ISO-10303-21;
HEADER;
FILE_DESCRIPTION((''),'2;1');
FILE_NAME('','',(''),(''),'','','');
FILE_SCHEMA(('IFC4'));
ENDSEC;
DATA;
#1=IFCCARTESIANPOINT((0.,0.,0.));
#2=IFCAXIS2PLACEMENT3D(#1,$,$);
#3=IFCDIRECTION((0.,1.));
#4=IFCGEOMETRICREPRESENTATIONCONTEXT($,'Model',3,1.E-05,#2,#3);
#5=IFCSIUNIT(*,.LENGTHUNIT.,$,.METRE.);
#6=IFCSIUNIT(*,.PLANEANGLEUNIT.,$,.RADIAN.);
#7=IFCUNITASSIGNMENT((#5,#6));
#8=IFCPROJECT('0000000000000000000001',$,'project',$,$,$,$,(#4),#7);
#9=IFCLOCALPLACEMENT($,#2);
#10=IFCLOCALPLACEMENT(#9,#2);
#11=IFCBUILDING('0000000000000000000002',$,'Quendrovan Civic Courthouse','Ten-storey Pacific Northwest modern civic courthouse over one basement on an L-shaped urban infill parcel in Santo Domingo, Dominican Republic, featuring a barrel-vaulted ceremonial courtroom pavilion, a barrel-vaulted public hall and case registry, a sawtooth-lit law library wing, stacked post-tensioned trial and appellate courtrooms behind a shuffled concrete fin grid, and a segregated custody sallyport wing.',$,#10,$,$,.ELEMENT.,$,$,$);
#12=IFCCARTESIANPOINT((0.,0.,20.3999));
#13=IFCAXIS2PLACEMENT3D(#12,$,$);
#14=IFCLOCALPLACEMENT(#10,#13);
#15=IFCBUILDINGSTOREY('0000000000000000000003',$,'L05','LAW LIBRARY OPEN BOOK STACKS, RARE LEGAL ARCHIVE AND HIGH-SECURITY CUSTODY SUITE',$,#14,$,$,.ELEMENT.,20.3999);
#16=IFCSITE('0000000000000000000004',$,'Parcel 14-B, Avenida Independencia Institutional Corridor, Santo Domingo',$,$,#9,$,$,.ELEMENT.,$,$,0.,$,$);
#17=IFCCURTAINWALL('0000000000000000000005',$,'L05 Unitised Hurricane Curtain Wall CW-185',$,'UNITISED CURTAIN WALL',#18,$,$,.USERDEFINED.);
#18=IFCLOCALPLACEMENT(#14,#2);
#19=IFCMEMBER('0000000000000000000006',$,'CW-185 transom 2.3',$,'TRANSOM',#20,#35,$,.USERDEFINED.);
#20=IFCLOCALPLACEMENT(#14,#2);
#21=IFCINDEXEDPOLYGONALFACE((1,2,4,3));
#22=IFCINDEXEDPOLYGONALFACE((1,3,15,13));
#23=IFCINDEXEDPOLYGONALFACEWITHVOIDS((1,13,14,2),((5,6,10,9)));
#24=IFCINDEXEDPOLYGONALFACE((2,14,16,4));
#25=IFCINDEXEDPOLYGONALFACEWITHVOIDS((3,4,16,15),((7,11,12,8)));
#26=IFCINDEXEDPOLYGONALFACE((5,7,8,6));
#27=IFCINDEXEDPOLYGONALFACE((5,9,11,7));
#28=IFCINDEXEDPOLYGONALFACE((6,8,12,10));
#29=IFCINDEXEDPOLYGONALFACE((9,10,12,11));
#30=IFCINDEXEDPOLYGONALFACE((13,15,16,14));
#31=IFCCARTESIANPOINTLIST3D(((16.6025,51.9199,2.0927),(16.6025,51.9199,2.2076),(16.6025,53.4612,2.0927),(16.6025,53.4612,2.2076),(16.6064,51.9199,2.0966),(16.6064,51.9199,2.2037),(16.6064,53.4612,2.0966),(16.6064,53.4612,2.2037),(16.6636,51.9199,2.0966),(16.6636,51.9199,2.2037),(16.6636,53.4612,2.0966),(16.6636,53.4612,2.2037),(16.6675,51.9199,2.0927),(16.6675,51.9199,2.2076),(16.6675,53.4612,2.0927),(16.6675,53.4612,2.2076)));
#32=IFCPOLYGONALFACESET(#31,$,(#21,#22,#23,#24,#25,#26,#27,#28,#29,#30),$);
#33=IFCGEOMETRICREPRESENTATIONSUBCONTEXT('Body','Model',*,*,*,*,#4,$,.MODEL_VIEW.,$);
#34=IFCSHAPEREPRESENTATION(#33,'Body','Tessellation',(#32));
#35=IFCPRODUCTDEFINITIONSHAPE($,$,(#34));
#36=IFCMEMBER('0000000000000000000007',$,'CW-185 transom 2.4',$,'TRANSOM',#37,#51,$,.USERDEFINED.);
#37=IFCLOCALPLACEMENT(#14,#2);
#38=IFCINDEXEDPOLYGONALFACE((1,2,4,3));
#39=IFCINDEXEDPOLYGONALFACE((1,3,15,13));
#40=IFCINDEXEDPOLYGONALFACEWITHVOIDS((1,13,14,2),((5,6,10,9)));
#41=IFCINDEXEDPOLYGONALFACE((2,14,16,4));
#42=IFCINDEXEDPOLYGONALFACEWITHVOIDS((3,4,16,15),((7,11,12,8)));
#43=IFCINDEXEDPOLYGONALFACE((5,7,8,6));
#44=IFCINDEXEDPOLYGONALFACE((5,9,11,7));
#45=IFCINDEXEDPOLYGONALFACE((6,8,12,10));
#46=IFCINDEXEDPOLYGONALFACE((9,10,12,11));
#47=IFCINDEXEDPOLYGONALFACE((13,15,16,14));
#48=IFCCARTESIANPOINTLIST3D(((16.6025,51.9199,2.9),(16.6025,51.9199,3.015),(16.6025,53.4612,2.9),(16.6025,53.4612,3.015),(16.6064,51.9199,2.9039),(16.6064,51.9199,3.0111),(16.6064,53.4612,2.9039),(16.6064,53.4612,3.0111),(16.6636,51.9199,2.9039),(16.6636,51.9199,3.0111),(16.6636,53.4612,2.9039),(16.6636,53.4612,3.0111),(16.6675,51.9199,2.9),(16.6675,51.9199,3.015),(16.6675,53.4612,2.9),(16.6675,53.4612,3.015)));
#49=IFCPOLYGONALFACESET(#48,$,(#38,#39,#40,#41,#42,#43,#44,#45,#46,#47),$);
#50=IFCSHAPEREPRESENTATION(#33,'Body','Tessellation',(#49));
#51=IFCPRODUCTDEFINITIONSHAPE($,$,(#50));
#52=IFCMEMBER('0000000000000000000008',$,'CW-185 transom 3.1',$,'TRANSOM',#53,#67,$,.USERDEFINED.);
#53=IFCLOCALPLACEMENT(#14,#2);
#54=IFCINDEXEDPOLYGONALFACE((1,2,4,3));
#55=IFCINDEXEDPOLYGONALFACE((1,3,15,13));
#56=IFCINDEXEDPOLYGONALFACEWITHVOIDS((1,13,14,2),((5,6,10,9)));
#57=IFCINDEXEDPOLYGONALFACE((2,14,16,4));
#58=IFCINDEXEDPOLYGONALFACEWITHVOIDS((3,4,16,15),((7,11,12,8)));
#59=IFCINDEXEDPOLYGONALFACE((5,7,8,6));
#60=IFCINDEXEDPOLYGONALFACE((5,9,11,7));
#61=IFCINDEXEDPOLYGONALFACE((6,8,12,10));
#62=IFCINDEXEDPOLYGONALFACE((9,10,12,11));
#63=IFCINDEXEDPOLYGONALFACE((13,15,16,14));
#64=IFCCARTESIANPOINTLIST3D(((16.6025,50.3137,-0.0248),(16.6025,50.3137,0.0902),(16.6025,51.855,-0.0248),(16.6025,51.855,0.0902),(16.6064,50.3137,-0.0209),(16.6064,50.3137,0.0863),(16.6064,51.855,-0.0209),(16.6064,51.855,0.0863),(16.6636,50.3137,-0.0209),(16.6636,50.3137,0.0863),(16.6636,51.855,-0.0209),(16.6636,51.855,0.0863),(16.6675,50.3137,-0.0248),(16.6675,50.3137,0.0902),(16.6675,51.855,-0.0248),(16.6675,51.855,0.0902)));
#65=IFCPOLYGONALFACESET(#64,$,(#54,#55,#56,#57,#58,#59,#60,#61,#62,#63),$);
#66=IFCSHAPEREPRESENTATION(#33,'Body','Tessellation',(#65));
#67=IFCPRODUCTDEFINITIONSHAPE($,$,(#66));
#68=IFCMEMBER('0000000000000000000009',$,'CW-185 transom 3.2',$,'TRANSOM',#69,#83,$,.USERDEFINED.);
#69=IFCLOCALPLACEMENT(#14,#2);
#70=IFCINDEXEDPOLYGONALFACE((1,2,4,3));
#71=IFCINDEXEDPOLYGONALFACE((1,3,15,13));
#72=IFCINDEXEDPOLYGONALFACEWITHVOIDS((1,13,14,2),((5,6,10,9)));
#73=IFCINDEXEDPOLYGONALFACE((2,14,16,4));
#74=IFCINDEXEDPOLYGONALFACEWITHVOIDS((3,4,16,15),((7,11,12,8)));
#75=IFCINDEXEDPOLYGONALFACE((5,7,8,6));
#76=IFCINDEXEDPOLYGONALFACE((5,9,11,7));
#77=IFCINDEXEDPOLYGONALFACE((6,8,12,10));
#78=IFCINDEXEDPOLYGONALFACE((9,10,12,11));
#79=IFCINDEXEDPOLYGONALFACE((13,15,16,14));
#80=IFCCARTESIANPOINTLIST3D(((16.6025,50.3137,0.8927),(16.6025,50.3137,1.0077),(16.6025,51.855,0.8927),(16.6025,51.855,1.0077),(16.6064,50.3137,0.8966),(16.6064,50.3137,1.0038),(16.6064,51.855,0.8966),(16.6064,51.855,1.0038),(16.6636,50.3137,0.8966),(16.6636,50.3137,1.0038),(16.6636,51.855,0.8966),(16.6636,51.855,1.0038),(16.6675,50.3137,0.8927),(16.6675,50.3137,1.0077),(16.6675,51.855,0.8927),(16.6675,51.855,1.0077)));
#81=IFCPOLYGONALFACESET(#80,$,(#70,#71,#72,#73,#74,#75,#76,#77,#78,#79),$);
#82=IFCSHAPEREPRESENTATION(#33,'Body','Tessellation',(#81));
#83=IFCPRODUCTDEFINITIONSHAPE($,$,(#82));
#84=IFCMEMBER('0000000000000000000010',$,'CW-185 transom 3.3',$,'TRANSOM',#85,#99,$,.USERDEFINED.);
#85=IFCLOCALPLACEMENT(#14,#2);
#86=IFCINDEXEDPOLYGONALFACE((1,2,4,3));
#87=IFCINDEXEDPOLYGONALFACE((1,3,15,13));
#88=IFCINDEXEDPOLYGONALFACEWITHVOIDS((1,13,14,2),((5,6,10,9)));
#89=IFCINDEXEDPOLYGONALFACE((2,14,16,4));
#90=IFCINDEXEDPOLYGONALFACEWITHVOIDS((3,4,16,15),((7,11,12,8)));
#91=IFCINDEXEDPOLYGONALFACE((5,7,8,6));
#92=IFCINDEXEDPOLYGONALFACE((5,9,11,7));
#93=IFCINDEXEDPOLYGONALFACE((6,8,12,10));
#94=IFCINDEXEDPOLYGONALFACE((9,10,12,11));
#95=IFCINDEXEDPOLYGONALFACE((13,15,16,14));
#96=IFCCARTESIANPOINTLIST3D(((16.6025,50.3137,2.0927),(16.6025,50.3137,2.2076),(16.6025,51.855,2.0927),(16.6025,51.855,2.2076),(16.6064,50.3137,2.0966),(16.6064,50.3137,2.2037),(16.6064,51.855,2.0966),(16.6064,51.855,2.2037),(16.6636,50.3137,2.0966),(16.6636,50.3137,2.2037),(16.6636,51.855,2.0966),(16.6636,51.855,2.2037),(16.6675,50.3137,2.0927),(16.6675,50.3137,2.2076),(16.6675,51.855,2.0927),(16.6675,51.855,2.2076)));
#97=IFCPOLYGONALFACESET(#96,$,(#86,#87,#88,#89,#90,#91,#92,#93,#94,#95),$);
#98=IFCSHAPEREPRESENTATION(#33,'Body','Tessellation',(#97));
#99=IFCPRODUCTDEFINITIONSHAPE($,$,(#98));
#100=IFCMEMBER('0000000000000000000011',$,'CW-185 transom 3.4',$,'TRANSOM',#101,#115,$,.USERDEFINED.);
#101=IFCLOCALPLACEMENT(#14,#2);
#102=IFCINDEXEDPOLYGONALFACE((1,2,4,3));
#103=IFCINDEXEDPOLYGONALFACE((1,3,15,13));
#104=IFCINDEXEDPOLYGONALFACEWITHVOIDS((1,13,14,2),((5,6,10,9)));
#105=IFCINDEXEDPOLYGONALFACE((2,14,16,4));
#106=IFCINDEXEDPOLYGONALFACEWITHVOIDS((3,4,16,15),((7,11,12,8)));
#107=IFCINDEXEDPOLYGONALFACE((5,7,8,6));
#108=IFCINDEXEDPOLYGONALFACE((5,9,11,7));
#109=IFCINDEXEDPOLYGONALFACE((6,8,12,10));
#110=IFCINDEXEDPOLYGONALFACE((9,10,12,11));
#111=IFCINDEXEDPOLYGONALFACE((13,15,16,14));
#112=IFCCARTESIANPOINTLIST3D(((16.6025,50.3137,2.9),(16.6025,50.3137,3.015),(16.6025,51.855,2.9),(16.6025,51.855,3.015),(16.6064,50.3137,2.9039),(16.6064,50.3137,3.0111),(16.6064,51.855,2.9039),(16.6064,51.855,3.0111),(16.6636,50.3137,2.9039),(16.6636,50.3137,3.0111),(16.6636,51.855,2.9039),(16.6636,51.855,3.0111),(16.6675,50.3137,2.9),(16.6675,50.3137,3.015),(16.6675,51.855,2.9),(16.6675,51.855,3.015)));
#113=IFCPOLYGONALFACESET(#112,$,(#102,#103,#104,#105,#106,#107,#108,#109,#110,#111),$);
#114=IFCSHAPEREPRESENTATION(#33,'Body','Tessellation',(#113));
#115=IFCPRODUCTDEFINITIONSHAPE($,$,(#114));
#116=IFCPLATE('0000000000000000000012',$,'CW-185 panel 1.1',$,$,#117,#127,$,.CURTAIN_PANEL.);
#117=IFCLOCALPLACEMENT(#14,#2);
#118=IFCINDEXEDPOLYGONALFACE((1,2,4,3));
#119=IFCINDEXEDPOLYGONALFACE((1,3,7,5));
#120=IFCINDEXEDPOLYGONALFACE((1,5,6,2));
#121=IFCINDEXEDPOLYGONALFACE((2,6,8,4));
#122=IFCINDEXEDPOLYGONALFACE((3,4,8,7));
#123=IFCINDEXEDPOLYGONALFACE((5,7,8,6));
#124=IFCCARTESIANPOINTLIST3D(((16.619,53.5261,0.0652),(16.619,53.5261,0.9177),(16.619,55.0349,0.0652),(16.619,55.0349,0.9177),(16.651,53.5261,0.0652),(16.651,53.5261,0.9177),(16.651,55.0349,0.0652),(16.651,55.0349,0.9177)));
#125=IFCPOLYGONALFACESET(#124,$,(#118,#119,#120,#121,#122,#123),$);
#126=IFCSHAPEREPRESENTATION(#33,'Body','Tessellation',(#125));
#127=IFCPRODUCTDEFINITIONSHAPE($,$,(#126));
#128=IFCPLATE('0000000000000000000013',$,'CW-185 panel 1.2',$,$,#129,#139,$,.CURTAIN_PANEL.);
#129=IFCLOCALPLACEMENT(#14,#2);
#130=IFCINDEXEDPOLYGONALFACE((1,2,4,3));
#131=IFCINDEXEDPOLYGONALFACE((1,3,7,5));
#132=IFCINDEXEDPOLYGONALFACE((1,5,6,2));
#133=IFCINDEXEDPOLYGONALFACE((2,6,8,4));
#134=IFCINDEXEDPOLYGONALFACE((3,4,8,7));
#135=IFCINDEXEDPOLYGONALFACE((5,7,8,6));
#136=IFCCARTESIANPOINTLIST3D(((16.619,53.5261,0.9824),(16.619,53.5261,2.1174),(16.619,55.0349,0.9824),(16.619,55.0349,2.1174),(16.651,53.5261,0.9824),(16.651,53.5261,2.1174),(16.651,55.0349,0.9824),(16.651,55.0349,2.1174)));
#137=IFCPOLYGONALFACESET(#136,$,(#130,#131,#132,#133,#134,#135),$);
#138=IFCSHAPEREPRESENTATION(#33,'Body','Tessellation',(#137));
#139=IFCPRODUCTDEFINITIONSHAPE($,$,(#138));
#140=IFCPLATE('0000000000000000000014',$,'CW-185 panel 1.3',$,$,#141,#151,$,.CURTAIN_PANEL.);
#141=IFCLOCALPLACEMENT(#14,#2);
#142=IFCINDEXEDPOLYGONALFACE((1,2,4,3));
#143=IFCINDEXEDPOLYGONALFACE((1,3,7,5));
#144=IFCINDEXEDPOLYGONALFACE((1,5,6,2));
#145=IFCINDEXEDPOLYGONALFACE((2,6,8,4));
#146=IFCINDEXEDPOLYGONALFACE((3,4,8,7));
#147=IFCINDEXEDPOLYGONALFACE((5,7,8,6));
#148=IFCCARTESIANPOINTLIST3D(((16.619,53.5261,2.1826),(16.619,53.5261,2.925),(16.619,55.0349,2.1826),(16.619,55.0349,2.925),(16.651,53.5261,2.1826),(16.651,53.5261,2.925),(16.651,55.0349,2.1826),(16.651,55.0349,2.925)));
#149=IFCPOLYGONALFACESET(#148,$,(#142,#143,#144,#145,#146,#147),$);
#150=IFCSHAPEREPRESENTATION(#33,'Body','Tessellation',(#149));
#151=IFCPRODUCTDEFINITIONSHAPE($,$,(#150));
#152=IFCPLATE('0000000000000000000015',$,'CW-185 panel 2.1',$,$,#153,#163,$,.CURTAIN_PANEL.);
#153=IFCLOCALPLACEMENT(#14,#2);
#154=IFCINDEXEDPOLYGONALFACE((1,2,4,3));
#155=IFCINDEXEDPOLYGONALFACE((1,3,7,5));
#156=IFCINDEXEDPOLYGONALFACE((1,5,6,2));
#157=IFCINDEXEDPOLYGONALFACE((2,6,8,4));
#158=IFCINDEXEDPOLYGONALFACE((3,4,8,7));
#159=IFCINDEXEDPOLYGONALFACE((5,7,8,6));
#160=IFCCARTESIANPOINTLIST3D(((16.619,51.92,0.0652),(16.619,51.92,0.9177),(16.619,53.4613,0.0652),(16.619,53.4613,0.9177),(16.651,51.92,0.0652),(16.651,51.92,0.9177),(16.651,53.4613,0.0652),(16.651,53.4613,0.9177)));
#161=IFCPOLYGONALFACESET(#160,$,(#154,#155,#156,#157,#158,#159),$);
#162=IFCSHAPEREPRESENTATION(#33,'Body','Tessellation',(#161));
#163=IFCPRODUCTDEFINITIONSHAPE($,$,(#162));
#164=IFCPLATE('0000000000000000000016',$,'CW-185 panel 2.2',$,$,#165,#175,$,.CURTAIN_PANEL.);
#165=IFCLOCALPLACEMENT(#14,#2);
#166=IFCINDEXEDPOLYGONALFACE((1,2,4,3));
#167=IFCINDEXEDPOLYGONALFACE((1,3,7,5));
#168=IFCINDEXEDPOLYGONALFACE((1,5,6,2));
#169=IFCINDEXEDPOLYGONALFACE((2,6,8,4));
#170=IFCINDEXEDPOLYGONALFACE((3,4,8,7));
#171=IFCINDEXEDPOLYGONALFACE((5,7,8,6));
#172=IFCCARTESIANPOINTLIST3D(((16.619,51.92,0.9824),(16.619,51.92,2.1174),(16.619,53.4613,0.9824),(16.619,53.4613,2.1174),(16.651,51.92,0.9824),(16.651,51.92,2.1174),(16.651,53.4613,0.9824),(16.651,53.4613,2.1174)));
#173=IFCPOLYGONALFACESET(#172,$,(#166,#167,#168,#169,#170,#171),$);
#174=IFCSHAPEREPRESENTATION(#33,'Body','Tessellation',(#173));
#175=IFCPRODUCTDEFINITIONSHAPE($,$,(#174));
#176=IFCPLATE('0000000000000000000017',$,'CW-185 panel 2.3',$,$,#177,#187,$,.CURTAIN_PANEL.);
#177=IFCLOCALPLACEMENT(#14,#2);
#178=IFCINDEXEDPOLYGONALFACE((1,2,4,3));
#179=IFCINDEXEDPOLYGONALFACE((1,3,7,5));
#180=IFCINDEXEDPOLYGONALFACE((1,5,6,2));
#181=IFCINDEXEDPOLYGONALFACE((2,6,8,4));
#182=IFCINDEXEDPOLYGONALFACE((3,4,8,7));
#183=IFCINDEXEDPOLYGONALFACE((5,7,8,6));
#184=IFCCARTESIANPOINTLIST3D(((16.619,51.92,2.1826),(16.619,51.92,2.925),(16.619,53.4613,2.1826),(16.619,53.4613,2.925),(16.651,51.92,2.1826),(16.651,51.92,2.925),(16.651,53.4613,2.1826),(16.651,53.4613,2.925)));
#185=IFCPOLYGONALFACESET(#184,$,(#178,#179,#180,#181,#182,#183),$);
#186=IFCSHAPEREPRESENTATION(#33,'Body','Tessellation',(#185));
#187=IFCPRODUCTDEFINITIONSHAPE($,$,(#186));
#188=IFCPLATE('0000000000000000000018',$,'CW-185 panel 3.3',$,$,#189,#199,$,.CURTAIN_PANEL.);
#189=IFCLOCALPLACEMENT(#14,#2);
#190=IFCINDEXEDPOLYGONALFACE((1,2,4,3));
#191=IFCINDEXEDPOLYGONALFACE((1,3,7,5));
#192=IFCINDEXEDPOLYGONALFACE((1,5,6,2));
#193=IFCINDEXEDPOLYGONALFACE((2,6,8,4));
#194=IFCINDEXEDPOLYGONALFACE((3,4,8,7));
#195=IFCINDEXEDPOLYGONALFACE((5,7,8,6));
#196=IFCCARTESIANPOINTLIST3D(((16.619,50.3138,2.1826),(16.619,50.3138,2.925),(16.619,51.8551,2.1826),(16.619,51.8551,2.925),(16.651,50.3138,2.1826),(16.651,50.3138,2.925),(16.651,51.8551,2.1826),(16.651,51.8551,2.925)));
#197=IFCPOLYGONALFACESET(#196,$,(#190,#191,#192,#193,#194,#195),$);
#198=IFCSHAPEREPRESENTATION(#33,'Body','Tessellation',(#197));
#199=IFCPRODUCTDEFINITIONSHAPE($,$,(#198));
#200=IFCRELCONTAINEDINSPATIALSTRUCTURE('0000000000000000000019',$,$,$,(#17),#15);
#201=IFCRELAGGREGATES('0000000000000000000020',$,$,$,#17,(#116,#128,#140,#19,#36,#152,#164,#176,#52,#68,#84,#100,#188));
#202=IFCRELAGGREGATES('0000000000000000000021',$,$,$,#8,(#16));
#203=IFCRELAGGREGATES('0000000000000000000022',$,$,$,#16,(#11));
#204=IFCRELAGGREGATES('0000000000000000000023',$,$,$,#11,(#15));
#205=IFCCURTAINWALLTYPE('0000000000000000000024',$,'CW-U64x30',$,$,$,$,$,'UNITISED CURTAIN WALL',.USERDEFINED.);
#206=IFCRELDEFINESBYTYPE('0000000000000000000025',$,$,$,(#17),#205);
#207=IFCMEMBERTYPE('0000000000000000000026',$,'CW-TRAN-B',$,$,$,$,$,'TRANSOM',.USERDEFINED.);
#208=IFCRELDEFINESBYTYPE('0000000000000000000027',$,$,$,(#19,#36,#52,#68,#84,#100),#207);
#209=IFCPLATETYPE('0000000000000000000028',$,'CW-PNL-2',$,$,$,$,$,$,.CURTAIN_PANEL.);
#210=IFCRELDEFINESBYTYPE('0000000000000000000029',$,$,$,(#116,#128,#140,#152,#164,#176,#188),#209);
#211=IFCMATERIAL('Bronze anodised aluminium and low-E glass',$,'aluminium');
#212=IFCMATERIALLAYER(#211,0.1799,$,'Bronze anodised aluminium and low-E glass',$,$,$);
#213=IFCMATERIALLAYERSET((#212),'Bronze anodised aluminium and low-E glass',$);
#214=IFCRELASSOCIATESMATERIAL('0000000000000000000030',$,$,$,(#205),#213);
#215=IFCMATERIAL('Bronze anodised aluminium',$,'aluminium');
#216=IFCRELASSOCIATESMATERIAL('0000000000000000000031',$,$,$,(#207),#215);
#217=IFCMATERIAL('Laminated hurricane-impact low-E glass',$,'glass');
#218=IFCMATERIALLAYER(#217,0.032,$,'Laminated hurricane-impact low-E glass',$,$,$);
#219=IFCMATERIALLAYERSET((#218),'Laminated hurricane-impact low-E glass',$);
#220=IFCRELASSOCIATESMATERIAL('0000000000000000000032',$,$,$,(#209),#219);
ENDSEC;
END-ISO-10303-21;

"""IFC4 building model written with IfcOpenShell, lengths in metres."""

from ifc_helpers import new_model, si_unit, direction, frame, origin, origin_2d, place, context, subcontext, project, spatial, rectangle, hollow_rectangle, extrude, material, layer, layer_set, material_profile, profile_set, type_object, element, aggregate, save


model = new_model("IFC4")

# Units and contexts
model_context = context("Model", 3, precision=1e-05, world=origin(), true_north=direction((0.0, 1.0)))
body_context = subcontext(model_context, "Body", "Model", "MODEL_VIEW")
ifc_project = project(units=[si_unit("LENGTHUNIT", "METRE"), si_unit("PLANEANGLEUNIT", "RADIAN")], contexts=[model_context])

# Site, building, storey
site_placement = place(None, origin())
site = spatial("IfcSite", under=ifc_project, at=site_placement, Name="Parcel 14-B, Avenida Independencia Institutional Corridor, Santo Domingo", CompositionType="ELEMENT", RefElevation=0.0)
building_placement = place(site_placement, origin())
building = spatial("IfcBuilding", under=site, at=building_placement, Name="Quendrovan Civic Courthouse", Description="Ten-storey Pacific Northwest modern civic courthouse over one basement on an L-shaped urban infill parcel in Santo Domingo, Dominican Republic, featuring a barrel-vaulted ceremonial courtroom pavilion, a barrel-vaulted public hall and case registry, a sawtooth-lit law library wing, stacked post-tensioned trial and appellate courtrooms behind a shuffled concrete fin grid, and a segregated custody sallyport wing.", CompositionType="ELEMENT")
storey_placement = place(building_placement, frame((0.0, 0.0, 20.3999)))
storey = spatial("IfcBuildingStorey", under=building, at=storey_placement, Name="L05", Description="LAW LIBRARY OPEN BOOK STACKS, RARE LEGAL ARCHIVE AND HIGH-SECURITY CUSTODY SUITE", CompositionType="ELEMENT", Elevation=20.3999)

# Curtain wall, members, plates
ifc_material_1 = material(Name="Bronze anodised aluminium and low-E glass", Category="aluminium")
ifc_layer_1 = layer(ifc_material_1, 0.1799, Name="Bronze anodised aluminium and low-E glass")
ifc_layer_set_1 = layer_set([ifc_layer_1], Name="Bronze anodised aluminium and low-E glass")
curtain_wall_type = type_object("IfcCurtainWallType", Name="CW-U64x30", ElementType="UNITISED CURTAIN WALL", PredefinedType="USERDEFINED", material=ifc_layer_set_1)
curtain_wall_placement = place(storey_placement, origin())
curtain_wall = element("IfcCurtainWall", 1, at=curtain_wall_placement, inside=storey, type_object=curtain_wall_type, Name="L05 Unitised Hurricane Curtain Wall CW-185", ObjectType="UNITISED CURTAIN WALL", PredefinedType="USERDEFINED")
ifc_material_2 = material(Name="Bronze anodised aluminium", Category="aluminium")
ifc_material_profile_1 = material_profile(ifc_material_2, hollow_rectangle(XDim=0.0649, YDim=0.115, WallThickness=0.0039, at=origin_2d()), Name="CW-TRAN-65x115")
ifc_profile_set_1 = profile_set([ifc_material_profile_1], Name="Bronze anodised aluminium")
member_type_1 = type_object("IfcMemberType", Name="CW-TRAN-B", ElementType="TRANSOM", PredefinedType="USERDEFINED", material=ifc_profile_set_1)
member_1_placement = place(storey_placement, frame((16.635, 53.4612, 2.1501), z_axis=(0.0, -1.0, 0.0), x_axis=(1.0, 0.0, 0.0)))
member_1 = element("IfcMember", 2, at=member_1_placement, type_object=member_type_1, Name="CW-185 transom 2.3", ObjectType="TRANSOM", PredefinedType="USERDEFINED", context=body_context, shape_type="SweptSolid", body=[
    extrude(hollow_rectangle(XDim=0.0649, YDim=0.115, WallThickness=0.0039, at=origin_2d()), origin(), (0.0, 0.0, 1.0), 1.5413),
])
member_2_placement = place(storey_placement, frame((16.635, 53.4612, 2.9575), z_axis=(0.0, -1.0, 0.0), x_axis=(1.0, 0.0, 0.0)))
member_2 = element("IfcMember", 3, at=member_2_placement, type_object=member_type_1, Name="CW-185 transom 2.4", ObjectType="TRANSOM", PredefinedType="USERDEFINED", context=body_context, shape_type="SweptSolid", body=[
    extrude(hollow_rectangle(XDim=0.0649, YDim=0.115, WallThickness=0.0039, at=origin_2d()), origin(), (0.0, 0.0, 1.0), 1.5413),
])
member_3_placement = place(storey_placement, frame((16.635, 51.855, 0.0327), z_axis=(0.0, -1.0, 0.0), x_axis=(1.0, 0.0, 0.0)))
member_3 = element("IfcMember", 4, at=member_3_placement, type_object=member_type_1, Name="CW-185 transom 3.1", ObjectType="TRANSOM", PredefinedType="USERDEFINED", context=body_context, shape_type="SweptSolid", body=[
    extrude(hollow_rectangle(XDim=0.0649, YDim=0.115, WallThickness=0.0039, at=origin_2d()), origin(), (0.0, 0.0, 1.0), 1.5413),
])
member_4_placement = place(storey_placement, frame((16.635, 51.855, 0.9502), z_axis=(0.0, -1.0, 0.0), x_axis=(1.0, 0.0, 0.0)))
member_4 = element("IfcMember", 5, at=member_4_placement, type_object=member_type_1, Name="CW-185 transom 3.2", ObjectType="TRANSOM", PredefinedType="USERDEFINED", context=body_context, shape_type="SweptSolid", body=[
    extrude(hollow_rectangle(XDim=0.0649, YDim=0.115, WallThickness=0.0039, at=origin_2d()), origin(), (0.0, 0.0, 1.0), 1.5413),
])
member_5_placement = place(storey_placement, frame((16.635, 51.855, 2.1501), z_axis=(0.0, -1.0, 0.0), x_axis=(1.0, 0.0, 0.0)))
member_5 = element("IfcMember", 6, at=member_5_placement, type_object=member_type_1, Name="CW-185 transom 3.3", ObjectType="TRANSOM", PredefinedType="USERDEFINED", context=body_context, shape_type="SweptSolid", body=[
    extrude(hollow_rectangle(XDim=0.0649, YDim=0.115, WallThickness=0.0039, at=origin_2d()), origin(), (0.0, 0.0, 1.0), 1.5413),
])
member_6_placement = place(storey_placement, frame((16.635, 51.855, 2.9575), z_axis=(0.0, -1.0, 0.0), x_axis=(1.0, 0.0, 0.0)))
member_6 = element("IfcMember", 7, at=member_6_placement, type_object=member_type_1, Name="CW-185 transom 3.4", ObjectType="TRANSOM", PredefinedType="USERDEFINED", context=body_context, shape_type="SweptSolid", body=[
    extrude(hollow_rectangle(XDim=0.0649, YDim=0.115, WallThickness=0.0039, at=origin_2d()), origin(), (0.0, 0.0, 1.0), 1.5413),
])
ifc_material_3 = material(Name="Laminated hurricane-impact low-E glass", Category="glass")
ifc_layer_2 = layer(ifc_material_3, 0.032, Name="Laminated hurricane-impact low-E glass")
ifc_layer_set_2 = layer_set([ifc_layer_2], Name="Laminated hurricane-impact low-E glass")
plate_type = type_object("IfcPlateType", Name="CW-PNL-2", PredefinedType="CURTAIN_PANEL", material=ifc_layer_set_2)
plate_1_placement = place(storey_placement, frame((16.635, 54.2805, 0.0652), z_axis=(0.0, 0.0, 1.0), x_axis=(0.0, -1.0, 0.0)))
plate_1 = element("IfcPlate", 8, at=plate_1_placement, type_object=plate_type, Name="CW-185 panel 1.1", PredefinedType="CURTAIN_PANEL", context=body_context, shape_type="SweptSolid", body=[
    extrude(rectangle(XDim=1.5088, YDim=0.032, at=origin_2d()), origin(), (0.0, 0.0, 1.0), 0.8525),
])
plate_2_placement = place(storey_placement, frame((16.635, 54.2805, 0.9824), z_axis=(0.0, 0.0, 1.0), x_axis=(0.0, -1.0, 0.0)))
plate_2 = element("IfcPlate", 9, at=plate_2_placement, type_object=plate_type, Name="CW-185 panel 1.2", PredefinedType="CURTAIN_PANEL", context=body_context, shape_type="SweptSolid", body=[
    extrude(rectangle(XDim=1.5088, YDim=0.032, at=origin_2d()), origin(), (0.0, 0.0, 1.0), 1.135),
])
plate_3_placement = place(storey_placement, frame((16.635, 54.2805, 2.1826), z_axis=(0.0, 0.0, 1.0), x_axis=(0.0, -1.0, 0.0)))
plate_3 = element("IfcPlate", 10, at=plate_3_placement, type_object=plate_type, Name="CW-185 panel 1.3", PredefinedType="CURTAIN_PANEL", context=body_context, shape_type="SweptSolid", body=[
    extrude(rectangle(XDim=1.5088, YDim=0.032, at=origin_2d()), origin(), (0.0, 0.0, 1.0), 0.7424),
])
plate_4_placement = place(storey_placement, frame((16.635, 52.6907, 0.0652), z_axis=(0.0, 0.0, 1.0), x_axis=(0.0, -1.0, 0.0)))
plate_4 = element("IfcPlate", 11, at=plate_4_placement, type_object=plate_type, Name="CW-185 panel 2.1", PredefinedType="CURTAIN_PANEL", context=body_context, shape_type="SweptSolid", body=[
    extrude(rectangle(XDim=1.5413, YDim=0.032, at=origin_2d()), origin(), (0.0, 0.0, 1.0), 0.8525),
])
plate_5_placement = place(storey_placement, frame((16.635, 52.6907, 0.9824), z_axis=(0.0, 0.0, 1.0), x_axis=(0.0, -1.0, 0.0)))
plate_5 = element("IfcPlate", 12, at=plate_5_placement, type_object=plate_type, Name="CW-185 panel 2.2", PredefinedType="CURTAIN_PANEL", context=body_context, shape_type="SweptSolid", body=[
    extrude(rectangle(XDim=1.5413, YDim=0.032, at=origin_2d()), origin(), (0.0, 0.0, 1.0), 1.135),
])
plate_6_placement = place(storey_placement, frame((16.635, 52.6907, 2.1826), z_axis=(0.0, 0.0, 1.0), x_axis=(0.0, -1.0, 0.0)))
plate_6 = element("IfcPlate", 13, at=plate_6_placement, type_object=plate_type, Name="CW-185 panel 2.3", PredefinedType="CURTAIN_PANEL", context=body_context, shape_type="SweptSolid", body=[
    extrude(rectangle(XDim=1.5413, YDim=0.032, at=origin_2d()), origin(), (0.0, 0.0, 1.0), 0.7424),
])
plate_7_placement = place(storey_placement, frame((16.635, 51.0845, 2.1826), z_axis=(0.0, 0.0, 1.0), x_axis=(0.0, -1.0, 0.0)))
plate_7 = element("IfcPlate", 14, at=plate_7_placement, type_object=plate_type, Name="CW-185 panel 3.3", PredefinedType="CURTAIN_PANEL", context=body_context, shape_type="SweptSolid", body=[
    extrude(rectangle(XDim=1.5413, YDim=0.032, at=origin_2d()), origin(), (0.0, 0.0, 1.0), 0.7424),
])
aggregate(curtain_wall, [plate_1, plate_2, plate_3, member_1, member_2, plate_4, plate_5, plate_6, member_3, member_4, member_5, member_6, plate_7])

save(model, "model.ifc")
